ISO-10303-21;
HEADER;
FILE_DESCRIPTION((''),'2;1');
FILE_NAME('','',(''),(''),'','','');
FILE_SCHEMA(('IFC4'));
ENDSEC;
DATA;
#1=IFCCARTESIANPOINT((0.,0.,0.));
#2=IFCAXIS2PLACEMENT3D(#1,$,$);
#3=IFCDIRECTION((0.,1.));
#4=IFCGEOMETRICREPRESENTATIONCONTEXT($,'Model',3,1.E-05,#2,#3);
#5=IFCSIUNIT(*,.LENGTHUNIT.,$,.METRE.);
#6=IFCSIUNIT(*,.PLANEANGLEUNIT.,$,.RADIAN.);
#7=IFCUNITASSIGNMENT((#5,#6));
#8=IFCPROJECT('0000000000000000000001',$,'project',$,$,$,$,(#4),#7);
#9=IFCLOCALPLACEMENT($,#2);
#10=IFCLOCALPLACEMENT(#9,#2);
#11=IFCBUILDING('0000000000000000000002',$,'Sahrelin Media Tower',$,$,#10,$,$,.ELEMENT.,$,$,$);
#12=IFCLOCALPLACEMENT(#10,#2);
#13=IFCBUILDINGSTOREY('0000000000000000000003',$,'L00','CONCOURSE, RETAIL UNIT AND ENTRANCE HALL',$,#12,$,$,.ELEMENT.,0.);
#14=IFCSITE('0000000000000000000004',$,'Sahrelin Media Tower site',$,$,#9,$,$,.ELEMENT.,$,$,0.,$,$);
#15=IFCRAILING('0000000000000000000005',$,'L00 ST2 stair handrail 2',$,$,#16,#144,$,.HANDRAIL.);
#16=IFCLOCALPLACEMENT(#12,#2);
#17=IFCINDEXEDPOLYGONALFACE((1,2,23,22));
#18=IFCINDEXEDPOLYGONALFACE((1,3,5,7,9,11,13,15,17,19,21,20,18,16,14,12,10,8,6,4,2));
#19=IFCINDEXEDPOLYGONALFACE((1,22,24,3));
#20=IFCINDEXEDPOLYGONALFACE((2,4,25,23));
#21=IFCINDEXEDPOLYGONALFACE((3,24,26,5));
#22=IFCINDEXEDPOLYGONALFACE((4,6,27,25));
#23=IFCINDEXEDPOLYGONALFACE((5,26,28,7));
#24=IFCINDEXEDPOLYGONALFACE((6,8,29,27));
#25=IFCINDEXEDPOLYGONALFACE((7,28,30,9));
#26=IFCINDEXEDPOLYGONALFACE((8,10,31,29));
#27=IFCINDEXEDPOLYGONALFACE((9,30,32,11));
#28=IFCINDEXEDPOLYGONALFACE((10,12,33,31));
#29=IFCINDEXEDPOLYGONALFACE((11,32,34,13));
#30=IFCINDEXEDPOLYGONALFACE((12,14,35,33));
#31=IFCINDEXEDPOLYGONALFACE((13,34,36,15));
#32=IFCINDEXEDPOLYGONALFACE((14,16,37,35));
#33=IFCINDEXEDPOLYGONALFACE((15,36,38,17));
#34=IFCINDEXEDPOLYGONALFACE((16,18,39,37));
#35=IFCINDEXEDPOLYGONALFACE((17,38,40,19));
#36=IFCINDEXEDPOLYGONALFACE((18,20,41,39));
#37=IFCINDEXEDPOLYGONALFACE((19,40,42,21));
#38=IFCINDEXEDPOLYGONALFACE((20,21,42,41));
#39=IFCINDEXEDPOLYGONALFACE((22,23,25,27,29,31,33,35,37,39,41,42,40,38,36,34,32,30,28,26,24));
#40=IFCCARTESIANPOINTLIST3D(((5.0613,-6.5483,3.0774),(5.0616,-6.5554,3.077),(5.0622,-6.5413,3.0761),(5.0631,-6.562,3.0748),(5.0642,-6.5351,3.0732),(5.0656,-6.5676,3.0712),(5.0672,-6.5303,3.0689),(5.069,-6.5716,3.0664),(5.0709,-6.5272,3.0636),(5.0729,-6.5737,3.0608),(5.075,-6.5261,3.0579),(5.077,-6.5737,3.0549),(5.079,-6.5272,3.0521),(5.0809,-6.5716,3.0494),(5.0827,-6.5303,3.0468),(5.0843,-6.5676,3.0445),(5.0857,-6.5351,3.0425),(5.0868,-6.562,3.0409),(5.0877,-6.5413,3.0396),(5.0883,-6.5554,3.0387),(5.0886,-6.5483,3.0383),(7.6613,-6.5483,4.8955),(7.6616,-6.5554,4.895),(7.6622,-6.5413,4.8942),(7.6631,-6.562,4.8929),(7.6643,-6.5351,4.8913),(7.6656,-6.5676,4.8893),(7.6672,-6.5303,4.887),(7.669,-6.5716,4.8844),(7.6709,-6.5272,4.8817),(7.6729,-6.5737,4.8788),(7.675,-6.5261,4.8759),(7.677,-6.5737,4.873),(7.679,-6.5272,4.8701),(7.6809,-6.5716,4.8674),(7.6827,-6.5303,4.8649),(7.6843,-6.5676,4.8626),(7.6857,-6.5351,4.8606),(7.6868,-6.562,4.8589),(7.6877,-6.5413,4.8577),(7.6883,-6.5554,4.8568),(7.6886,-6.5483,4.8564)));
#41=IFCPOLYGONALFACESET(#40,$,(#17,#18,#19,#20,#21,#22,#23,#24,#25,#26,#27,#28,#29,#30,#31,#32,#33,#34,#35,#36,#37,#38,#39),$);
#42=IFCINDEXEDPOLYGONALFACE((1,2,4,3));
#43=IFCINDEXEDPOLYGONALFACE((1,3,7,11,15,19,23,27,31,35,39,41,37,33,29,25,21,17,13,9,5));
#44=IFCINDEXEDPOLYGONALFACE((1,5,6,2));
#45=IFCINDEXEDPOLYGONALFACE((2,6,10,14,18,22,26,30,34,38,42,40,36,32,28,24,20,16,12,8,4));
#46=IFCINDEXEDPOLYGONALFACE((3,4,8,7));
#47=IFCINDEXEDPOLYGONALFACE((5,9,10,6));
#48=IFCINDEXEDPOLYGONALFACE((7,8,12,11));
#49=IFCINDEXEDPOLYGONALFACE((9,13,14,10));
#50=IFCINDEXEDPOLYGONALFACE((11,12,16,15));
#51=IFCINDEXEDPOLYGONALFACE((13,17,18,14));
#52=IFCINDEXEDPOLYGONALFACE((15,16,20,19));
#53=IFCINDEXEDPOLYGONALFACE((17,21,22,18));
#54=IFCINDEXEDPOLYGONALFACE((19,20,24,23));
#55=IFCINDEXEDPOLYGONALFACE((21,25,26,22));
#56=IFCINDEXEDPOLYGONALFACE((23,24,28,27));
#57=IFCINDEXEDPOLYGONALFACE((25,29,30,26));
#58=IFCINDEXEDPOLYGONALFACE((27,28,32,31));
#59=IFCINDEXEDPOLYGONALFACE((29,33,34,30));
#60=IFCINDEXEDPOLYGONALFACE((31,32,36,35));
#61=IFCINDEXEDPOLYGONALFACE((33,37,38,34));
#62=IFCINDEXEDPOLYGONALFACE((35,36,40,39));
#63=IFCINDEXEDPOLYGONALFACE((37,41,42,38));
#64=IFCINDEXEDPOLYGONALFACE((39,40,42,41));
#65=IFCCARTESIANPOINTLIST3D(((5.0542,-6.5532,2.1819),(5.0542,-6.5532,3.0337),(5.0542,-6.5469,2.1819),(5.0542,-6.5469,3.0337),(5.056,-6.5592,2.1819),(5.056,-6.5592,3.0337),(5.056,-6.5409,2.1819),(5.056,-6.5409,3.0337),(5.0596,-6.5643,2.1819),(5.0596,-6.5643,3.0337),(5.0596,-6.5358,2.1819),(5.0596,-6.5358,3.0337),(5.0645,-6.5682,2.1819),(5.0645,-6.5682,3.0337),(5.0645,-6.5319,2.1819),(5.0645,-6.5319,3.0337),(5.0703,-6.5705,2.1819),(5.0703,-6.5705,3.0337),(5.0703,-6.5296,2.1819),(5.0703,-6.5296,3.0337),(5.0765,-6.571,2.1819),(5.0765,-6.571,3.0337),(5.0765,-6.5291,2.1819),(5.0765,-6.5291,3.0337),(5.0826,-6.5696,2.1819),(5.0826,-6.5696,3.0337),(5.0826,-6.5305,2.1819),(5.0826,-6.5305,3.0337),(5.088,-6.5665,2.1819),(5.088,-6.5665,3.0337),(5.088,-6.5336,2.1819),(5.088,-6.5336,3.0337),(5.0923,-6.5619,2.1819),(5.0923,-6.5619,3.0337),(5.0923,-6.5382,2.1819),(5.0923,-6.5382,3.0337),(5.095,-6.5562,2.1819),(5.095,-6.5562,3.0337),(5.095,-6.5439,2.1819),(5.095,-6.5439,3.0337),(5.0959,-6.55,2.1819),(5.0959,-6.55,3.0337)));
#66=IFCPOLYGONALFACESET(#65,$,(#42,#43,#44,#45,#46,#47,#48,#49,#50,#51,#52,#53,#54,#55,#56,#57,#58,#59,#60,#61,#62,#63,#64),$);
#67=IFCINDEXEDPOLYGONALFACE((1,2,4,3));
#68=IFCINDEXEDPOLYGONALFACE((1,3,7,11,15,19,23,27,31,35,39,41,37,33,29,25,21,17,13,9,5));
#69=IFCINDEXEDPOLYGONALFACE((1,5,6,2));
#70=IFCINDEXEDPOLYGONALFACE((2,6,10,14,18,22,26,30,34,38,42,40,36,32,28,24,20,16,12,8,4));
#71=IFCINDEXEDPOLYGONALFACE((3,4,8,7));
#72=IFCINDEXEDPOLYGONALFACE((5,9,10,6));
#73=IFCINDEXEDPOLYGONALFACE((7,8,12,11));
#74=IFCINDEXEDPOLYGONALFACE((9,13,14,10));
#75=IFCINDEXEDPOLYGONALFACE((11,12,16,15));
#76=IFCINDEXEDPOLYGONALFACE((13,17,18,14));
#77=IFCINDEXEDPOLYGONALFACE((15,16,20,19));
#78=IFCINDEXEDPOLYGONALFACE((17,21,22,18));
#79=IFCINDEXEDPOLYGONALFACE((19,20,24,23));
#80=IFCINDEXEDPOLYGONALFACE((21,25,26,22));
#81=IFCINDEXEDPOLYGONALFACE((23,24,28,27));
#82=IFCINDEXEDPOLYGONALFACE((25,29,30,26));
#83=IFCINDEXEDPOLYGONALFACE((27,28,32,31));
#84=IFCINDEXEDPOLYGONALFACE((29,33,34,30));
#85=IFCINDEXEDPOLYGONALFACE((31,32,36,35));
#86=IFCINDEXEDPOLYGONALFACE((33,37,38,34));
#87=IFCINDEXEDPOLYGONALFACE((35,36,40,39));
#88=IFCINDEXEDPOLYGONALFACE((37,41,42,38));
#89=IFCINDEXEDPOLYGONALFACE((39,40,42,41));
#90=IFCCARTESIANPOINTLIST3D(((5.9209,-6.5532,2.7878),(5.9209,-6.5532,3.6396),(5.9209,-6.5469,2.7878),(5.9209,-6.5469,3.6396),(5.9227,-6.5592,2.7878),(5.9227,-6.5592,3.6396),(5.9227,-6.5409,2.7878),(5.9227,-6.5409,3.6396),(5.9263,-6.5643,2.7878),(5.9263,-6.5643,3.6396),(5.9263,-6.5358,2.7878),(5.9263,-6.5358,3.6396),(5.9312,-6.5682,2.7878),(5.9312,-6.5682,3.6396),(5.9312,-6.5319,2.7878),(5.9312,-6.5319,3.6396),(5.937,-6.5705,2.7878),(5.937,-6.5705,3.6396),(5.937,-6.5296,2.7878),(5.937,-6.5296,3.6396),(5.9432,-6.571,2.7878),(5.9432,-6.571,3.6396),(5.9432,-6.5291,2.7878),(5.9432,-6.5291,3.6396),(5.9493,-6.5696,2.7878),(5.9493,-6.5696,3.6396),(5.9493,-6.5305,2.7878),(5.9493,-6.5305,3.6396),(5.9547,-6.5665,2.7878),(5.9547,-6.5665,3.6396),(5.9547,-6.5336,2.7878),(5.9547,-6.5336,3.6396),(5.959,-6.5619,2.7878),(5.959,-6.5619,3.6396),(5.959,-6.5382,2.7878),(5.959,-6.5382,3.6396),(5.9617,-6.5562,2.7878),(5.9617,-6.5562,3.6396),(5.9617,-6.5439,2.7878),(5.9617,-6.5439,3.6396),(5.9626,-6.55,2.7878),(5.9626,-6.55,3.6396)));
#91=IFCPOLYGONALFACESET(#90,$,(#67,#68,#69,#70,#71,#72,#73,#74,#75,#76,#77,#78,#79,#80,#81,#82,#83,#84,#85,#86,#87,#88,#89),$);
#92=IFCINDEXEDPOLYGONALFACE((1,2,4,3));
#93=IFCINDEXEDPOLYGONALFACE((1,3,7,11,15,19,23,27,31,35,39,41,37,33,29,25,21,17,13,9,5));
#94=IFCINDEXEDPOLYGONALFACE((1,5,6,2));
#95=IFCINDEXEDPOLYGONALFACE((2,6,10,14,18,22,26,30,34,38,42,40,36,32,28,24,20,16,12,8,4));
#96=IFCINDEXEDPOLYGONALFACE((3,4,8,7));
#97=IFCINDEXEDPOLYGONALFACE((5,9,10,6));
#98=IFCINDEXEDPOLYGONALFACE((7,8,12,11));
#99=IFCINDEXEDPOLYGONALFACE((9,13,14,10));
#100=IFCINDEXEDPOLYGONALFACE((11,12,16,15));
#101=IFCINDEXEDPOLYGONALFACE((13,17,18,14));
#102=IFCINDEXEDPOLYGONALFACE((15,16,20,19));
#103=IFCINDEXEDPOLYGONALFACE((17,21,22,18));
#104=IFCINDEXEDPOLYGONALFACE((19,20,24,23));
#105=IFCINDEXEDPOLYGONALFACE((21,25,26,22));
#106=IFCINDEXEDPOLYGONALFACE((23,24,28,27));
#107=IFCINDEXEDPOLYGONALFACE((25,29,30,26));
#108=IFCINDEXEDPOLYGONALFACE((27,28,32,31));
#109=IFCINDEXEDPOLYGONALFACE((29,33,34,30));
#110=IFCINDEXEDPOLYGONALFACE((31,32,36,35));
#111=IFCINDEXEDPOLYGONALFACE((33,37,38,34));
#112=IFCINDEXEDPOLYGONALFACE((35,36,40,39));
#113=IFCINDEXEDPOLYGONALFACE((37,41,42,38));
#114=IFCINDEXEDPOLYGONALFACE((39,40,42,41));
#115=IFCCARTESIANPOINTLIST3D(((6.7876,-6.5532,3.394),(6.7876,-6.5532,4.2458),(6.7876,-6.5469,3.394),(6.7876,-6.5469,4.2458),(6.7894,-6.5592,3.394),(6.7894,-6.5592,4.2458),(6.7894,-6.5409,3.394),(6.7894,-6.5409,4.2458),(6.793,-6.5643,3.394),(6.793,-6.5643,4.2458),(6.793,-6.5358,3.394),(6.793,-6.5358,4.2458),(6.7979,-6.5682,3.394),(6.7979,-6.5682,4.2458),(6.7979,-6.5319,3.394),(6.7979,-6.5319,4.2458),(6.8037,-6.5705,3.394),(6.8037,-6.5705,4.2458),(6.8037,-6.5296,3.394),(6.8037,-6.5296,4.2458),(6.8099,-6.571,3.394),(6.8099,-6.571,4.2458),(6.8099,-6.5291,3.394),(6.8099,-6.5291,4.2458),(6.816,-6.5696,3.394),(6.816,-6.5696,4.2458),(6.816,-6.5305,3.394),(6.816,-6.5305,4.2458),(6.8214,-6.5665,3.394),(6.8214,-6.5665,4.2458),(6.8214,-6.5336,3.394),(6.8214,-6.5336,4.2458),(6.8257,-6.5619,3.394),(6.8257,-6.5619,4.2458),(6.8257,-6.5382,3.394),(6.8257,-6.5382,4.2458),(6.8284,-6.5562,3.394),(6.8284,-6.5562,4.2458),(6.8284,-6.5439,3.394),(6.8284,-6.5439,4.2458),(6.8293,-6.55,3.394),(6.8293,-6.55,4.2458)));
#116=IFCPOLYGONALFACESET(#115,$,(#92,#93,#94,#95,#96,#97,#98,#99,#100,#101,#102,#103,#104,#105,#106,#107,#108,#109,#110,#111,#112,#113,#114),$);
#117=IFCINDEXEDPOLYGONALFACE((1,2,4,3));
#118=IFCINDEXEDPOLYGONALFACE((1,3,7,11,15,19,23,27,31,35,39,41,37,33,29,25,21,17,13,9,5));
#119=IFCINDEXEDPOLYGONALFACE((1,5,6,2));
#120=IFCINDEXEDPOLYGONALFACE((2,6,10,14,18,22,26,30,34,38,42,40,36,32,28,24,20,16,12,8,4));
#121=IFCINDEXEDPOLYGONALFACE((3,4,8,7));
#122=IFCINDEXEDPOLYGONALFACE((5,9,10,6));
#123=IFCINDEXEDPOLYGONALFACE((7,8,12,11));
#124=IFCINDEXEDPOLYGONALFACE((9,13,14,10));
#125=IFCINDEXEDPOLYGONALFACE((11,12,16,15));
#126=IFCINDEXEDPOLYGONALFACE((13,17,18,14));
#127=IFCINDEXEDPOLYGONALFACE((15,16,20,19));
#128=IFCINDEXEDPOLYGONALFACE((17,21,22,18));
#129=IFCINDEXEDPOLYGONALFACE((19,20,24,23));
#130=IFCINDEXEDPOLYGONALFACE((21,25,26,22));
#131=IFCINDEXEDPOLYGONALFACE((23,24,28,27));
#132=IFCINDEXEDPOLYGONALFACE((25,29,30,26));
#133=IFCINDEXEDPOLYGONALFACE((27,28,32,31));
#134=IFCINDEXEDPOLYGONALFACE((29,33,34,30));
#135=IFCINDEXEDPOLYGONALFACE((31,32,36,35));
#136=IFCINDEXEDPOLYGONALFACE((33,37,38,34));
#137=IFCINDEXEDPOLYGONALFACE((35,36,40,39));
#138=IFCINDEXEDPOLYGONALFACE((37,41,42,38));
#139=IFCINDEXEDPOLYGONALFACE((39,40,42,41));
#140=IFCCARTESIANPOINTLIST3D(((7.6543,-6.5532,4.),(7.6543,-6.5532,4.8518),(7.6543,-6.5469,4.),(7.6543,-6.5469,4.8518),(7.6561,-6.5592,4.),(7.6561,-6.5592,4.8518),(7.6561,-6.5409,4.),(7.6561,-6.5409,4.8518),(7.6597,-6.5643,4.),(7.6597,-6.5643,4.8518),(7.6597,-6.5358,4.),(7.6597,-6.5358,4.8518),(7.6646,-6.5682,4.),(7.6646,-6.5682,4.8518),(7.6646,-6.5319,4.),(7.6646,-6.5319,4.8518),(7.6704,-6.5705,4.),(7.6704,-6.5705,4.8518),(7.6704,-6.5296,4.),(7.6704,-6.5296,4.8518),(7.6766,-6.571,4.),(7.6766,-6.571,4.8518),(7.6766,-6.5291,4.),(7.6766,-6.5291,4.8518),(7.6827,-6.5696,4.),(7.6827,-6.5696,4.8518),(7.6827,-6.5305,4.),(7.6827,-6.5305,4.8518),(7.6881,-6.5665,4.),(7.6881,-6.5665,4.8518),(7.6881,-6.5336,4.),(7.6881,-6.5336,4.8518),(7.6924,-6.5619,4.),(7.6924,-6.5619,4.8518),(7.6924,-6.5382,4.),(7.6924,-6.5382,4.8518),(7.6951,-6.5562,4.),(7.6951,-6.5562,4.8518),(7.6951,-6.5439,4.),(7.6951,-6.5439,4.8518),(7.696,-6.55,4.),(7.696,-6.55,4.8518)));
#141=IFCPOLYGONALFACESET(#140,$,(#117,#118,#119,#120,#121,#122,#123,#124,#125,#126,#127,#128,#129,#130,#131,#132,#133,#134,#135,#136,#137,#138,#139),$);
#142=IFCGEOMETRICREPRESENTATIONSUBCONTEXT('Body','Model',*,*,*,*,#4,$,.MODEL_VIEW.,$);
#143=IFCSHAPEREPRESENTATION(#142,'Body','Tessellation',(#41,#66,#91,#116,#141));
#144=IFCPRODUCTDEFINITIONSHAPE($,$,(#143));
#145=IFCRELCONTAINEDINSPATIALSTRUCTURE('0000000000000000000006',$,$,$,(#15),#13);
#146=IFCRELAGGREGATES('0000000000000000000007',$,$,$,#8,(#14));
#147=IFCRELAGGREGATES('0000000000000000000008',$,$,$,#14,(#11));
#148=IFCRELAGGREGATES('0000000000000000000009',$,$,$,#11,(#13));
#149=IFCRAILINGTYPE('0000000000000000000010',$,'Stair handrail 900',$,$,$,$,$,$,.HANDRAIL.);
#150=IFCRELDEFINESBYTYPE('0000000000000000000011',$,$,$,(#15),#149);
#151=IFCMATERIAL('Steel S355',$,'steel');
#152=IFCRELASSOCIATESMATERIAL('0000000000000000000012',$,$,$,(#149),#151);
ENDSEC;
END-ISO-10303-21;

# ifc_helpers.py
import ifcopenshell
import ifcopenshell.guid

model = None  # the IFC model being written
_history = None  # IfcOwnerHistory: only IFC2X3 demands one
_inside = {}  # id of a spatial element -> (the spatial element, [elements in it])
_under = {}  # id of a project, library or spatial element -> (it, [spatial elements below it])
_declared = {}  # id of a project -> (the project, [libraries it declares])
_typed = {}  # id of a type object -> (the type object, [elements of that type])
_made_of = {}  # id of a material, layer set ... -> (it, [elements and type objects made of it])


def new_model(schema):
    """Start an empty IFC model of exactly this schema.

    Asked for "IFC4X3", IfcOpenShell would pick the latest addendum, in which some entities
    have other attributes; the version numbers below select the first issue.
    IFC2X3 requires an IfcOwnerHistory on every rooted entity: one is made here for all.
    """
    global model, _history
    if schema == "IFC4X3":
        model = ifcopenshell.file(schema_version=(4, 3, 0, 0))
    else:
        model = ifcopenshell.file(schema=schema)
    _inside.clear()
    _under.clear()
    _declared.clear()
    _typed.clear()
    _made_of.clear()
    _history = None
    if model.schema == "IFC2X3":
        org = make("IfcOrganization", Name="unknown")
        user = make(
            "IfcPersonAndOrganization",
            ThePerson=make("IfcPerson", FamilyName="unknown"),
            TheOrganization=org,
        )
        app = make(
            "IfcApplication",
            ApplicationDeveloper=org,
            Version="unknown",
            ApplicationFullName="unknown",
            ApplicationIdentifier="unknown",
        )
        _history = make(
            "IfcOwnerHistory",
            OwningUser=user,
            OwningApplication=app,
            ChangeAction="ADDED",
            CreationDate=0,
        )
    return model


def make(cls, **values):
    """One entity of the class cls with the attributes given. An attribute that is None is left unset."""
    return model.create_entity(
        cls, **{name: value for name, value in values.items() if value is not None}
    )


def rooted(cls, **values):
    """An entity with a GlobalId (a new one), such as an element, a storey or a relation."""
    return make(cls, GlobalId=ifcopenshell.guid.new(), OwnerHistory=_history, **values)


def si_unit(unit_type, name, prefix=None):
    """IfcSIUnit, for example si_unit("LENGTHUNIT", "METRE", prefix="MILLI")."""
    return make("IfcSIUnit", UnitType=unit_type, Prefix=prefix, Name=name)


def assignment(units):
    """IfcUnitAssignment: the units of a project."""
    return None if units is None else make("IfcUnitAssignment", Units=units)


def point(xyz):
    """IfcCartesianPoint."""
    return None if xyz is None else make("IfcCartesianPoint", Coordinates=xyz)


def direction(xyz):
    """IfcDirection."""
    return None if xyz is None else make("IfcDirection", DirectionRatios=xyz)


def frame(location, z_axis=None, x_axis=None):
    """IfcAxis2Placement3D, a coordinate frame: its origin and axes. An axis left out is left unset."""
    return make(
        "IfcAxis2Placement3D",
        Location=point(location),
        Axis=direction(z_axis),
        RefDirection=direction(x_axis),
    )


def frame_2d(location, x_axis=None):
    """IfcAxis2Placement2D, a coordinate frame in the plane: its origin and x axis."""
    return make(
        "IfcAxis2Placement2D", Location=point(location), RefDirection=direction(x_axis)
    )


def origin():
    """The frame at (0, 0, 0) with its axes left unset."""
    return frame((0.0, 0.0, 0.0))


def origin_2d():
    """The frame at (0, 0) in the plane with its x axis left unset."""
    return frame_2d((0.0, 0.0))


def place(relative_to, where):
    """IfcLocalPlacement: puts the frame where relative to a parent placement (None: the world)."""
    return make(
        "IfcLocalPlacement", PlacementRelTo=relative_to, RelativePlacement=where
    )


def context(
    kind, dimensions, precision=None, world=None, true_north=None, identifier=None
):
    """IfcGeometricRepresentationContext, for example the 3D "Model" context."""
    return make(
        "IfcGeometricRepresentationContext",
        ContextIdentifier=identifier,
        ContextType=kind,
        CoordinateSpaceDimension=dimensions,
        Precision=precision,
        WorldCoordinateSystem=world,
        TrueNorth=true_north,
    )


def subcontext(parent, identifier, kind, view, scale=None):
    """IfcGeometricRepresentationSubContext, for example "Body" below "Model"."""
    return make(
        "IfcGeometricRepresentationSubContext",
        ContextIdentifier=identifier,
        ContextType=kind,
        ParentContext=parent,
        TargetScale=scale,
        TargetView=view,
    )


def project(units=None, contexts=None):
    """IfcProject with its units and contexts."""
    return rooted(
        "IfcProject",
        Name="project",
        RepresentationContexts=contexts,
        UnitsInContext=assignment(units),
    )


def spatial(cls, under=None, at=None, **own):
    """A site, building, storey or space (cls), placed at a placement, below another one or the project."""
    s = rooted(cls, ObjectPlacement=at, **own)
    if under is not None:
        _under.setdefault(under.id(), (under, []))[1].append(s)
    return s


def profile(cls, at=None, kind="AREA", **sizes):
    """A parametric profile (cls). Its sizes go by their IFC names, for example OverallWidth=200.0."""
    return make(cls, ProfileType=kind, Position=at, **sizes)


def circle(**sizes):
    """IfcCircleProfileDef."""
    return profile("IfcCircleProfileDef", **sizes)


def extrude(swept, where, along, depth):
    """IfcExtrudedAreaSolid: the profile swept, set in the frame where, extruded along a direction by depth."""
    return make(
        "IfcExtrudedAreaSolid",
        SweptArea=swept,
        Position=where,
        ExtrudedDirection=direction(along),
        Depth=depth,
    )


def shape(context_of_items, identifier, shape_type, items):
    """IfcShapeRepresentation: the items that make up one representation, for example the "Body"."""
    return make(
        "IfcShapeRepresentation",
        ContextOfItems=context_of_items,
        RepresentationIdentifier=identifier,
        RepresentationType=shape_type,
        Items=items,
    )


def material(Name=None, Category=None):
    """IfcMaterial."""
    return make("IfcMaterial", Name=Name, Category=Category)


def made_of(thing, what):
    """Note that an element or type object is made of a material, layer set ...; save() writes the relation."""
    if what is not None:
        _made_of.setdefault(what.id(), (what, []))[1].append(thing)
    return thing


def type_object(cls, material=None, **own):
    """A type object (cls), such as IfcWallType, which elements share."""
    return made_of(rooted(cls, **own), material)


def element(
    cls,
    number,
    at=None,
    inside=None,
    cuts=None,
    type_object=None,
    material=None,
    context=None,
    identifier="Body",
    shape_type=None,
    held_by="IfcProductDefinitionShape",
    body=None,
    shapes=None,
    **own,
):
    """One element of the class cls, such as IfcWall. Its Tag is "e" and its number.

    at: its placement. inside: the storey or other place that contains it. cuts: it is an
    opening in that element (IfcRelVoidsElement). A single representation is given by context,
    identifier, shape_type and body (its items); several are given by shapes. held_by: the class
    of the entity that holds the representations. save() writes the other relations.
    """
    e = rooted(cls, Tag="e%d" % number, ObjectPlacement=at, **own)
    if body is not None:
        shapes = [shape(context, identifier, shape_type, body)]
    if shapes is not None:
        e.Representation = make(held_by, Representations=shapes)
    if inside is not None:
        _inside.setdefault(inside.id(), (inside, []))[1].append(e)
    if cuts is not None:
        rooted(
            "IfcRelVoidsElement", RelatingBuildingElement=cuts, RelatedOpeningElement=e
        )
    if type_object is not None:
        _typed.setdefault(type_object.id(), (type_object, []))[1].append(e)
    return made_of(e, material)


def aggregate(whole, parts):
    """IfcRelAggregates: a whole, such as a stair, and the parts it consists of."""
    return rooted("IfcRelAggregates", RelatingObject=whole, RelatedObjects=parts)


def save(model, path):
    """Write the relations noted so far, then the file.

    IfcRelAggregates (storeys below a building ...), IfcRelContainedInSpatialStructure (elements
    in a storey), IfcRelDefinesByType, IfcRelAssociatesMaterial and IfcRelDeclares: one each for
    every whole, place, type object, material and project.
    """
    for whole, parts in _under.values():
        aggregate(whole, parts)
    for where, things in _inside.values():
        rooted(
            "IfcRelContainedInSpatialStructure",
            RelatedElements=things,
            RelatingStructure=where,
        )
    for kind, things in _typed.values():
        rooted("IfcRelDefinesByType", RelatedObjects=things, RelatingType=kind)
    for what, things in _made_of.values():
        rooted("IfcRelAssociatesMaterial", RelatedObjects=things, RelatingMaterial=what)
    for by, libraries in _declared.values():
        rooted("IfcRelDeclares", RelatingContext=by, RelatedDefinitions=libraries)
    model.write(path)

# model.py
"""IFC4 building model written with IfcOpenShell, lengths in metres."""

from ifc_helpers import new_model, si_unit, direction, frame, origin, origin_2d, place, context, subcontext, project, spatial, circle, extrude, material, type_object, element, save


model = new_model("IFC4")

# Units and contexts
model_context = context("Model", 3, precision=1e-05, world=origin(), true_north=direction((0.0, 1.0)))
body_context = subcontext(model_context, "Body", "Model", "MODEL_VIEW")
ifc_project = project(units=[si_unit("LENGTHUNIT", "METRE"), si_unit("PLANEANGLEUNIT", "RADIAN")], contexts=[model_context])

# Site, building, storey
site_placement = place(None, origin())
site = spatial("IfcSite", under=ifc_project, at=site_placement, Name="Sahrelin Media Tower site", CompositionType="ELEMENT", RefElevation=0.0)
building_placement = place(site_placement, origin())
building = spatial("IfcBuilding", under=site, at=building_placement, Name="Sahrelin Media Tower", CompositionType="ELEMENT")
storey_placement = place(building_placement, origin())
storey = spatial("IfcBuildingStorey", under=building, at=storey_placement, Name="L00", Description="CONCOURSE, RETAIL UNIT AND ENTRANCE HALL", CompositionType="ELEMENT", Elevation=0.0)

# Shared definitions
ifc_material_1 = material(Name="Steel S355", Category="steel")

# Railing
railing_type_1 = type_object("IfcRailingType", Name="Stair handrail 900", PredefinedType="HANDRAIL", material=ifc_material_1)
railing_1_placement = place(storey_placement, frame((5.075, -6.55, 2.1819)))
element("IfcRailing", 1, at=railing_1_placement, inside=storey, type_object=railing_type_1, Name="L00 ST2 stair handrail 2", PredefinedType="HANDRAIL", context=body_context, shape_type="SweptSolid", body=[
    extrude(circle(Radius=0.0239, at=origin_2d()), frame((0.0, 0.0, 0.876), z_axis=(0.819521, 0.0, 0.573049), x_axis=(0.0, 1.0, 0.0)), (0.0, 0.0, 1.0), 3.1726),
    extrude(circle(Radius=0.021, at=origin_2d()), origin(), (0.0, 0.0, 1.0), 0.8518),
    extrude(circle(Radius=0.021, at=origin_2d()), frame((0.8667, 0.0, 0.606)), (0.0, 0.0, 1.0), 0.8518),
    extrude(circle(Radius=0.021, at=origin_2d()), frame((1.7334, 0.0, 1.2122)), (0.0, 0.0, 1.0), 0.8518),
    extrude(circle(Radius=0.021, at=origin_2d()), frame((2.6001, 0.0, 1.8181)), (0.0, 0.0, 1.0), 0.8518),
])

save(model, "model.ifc")
